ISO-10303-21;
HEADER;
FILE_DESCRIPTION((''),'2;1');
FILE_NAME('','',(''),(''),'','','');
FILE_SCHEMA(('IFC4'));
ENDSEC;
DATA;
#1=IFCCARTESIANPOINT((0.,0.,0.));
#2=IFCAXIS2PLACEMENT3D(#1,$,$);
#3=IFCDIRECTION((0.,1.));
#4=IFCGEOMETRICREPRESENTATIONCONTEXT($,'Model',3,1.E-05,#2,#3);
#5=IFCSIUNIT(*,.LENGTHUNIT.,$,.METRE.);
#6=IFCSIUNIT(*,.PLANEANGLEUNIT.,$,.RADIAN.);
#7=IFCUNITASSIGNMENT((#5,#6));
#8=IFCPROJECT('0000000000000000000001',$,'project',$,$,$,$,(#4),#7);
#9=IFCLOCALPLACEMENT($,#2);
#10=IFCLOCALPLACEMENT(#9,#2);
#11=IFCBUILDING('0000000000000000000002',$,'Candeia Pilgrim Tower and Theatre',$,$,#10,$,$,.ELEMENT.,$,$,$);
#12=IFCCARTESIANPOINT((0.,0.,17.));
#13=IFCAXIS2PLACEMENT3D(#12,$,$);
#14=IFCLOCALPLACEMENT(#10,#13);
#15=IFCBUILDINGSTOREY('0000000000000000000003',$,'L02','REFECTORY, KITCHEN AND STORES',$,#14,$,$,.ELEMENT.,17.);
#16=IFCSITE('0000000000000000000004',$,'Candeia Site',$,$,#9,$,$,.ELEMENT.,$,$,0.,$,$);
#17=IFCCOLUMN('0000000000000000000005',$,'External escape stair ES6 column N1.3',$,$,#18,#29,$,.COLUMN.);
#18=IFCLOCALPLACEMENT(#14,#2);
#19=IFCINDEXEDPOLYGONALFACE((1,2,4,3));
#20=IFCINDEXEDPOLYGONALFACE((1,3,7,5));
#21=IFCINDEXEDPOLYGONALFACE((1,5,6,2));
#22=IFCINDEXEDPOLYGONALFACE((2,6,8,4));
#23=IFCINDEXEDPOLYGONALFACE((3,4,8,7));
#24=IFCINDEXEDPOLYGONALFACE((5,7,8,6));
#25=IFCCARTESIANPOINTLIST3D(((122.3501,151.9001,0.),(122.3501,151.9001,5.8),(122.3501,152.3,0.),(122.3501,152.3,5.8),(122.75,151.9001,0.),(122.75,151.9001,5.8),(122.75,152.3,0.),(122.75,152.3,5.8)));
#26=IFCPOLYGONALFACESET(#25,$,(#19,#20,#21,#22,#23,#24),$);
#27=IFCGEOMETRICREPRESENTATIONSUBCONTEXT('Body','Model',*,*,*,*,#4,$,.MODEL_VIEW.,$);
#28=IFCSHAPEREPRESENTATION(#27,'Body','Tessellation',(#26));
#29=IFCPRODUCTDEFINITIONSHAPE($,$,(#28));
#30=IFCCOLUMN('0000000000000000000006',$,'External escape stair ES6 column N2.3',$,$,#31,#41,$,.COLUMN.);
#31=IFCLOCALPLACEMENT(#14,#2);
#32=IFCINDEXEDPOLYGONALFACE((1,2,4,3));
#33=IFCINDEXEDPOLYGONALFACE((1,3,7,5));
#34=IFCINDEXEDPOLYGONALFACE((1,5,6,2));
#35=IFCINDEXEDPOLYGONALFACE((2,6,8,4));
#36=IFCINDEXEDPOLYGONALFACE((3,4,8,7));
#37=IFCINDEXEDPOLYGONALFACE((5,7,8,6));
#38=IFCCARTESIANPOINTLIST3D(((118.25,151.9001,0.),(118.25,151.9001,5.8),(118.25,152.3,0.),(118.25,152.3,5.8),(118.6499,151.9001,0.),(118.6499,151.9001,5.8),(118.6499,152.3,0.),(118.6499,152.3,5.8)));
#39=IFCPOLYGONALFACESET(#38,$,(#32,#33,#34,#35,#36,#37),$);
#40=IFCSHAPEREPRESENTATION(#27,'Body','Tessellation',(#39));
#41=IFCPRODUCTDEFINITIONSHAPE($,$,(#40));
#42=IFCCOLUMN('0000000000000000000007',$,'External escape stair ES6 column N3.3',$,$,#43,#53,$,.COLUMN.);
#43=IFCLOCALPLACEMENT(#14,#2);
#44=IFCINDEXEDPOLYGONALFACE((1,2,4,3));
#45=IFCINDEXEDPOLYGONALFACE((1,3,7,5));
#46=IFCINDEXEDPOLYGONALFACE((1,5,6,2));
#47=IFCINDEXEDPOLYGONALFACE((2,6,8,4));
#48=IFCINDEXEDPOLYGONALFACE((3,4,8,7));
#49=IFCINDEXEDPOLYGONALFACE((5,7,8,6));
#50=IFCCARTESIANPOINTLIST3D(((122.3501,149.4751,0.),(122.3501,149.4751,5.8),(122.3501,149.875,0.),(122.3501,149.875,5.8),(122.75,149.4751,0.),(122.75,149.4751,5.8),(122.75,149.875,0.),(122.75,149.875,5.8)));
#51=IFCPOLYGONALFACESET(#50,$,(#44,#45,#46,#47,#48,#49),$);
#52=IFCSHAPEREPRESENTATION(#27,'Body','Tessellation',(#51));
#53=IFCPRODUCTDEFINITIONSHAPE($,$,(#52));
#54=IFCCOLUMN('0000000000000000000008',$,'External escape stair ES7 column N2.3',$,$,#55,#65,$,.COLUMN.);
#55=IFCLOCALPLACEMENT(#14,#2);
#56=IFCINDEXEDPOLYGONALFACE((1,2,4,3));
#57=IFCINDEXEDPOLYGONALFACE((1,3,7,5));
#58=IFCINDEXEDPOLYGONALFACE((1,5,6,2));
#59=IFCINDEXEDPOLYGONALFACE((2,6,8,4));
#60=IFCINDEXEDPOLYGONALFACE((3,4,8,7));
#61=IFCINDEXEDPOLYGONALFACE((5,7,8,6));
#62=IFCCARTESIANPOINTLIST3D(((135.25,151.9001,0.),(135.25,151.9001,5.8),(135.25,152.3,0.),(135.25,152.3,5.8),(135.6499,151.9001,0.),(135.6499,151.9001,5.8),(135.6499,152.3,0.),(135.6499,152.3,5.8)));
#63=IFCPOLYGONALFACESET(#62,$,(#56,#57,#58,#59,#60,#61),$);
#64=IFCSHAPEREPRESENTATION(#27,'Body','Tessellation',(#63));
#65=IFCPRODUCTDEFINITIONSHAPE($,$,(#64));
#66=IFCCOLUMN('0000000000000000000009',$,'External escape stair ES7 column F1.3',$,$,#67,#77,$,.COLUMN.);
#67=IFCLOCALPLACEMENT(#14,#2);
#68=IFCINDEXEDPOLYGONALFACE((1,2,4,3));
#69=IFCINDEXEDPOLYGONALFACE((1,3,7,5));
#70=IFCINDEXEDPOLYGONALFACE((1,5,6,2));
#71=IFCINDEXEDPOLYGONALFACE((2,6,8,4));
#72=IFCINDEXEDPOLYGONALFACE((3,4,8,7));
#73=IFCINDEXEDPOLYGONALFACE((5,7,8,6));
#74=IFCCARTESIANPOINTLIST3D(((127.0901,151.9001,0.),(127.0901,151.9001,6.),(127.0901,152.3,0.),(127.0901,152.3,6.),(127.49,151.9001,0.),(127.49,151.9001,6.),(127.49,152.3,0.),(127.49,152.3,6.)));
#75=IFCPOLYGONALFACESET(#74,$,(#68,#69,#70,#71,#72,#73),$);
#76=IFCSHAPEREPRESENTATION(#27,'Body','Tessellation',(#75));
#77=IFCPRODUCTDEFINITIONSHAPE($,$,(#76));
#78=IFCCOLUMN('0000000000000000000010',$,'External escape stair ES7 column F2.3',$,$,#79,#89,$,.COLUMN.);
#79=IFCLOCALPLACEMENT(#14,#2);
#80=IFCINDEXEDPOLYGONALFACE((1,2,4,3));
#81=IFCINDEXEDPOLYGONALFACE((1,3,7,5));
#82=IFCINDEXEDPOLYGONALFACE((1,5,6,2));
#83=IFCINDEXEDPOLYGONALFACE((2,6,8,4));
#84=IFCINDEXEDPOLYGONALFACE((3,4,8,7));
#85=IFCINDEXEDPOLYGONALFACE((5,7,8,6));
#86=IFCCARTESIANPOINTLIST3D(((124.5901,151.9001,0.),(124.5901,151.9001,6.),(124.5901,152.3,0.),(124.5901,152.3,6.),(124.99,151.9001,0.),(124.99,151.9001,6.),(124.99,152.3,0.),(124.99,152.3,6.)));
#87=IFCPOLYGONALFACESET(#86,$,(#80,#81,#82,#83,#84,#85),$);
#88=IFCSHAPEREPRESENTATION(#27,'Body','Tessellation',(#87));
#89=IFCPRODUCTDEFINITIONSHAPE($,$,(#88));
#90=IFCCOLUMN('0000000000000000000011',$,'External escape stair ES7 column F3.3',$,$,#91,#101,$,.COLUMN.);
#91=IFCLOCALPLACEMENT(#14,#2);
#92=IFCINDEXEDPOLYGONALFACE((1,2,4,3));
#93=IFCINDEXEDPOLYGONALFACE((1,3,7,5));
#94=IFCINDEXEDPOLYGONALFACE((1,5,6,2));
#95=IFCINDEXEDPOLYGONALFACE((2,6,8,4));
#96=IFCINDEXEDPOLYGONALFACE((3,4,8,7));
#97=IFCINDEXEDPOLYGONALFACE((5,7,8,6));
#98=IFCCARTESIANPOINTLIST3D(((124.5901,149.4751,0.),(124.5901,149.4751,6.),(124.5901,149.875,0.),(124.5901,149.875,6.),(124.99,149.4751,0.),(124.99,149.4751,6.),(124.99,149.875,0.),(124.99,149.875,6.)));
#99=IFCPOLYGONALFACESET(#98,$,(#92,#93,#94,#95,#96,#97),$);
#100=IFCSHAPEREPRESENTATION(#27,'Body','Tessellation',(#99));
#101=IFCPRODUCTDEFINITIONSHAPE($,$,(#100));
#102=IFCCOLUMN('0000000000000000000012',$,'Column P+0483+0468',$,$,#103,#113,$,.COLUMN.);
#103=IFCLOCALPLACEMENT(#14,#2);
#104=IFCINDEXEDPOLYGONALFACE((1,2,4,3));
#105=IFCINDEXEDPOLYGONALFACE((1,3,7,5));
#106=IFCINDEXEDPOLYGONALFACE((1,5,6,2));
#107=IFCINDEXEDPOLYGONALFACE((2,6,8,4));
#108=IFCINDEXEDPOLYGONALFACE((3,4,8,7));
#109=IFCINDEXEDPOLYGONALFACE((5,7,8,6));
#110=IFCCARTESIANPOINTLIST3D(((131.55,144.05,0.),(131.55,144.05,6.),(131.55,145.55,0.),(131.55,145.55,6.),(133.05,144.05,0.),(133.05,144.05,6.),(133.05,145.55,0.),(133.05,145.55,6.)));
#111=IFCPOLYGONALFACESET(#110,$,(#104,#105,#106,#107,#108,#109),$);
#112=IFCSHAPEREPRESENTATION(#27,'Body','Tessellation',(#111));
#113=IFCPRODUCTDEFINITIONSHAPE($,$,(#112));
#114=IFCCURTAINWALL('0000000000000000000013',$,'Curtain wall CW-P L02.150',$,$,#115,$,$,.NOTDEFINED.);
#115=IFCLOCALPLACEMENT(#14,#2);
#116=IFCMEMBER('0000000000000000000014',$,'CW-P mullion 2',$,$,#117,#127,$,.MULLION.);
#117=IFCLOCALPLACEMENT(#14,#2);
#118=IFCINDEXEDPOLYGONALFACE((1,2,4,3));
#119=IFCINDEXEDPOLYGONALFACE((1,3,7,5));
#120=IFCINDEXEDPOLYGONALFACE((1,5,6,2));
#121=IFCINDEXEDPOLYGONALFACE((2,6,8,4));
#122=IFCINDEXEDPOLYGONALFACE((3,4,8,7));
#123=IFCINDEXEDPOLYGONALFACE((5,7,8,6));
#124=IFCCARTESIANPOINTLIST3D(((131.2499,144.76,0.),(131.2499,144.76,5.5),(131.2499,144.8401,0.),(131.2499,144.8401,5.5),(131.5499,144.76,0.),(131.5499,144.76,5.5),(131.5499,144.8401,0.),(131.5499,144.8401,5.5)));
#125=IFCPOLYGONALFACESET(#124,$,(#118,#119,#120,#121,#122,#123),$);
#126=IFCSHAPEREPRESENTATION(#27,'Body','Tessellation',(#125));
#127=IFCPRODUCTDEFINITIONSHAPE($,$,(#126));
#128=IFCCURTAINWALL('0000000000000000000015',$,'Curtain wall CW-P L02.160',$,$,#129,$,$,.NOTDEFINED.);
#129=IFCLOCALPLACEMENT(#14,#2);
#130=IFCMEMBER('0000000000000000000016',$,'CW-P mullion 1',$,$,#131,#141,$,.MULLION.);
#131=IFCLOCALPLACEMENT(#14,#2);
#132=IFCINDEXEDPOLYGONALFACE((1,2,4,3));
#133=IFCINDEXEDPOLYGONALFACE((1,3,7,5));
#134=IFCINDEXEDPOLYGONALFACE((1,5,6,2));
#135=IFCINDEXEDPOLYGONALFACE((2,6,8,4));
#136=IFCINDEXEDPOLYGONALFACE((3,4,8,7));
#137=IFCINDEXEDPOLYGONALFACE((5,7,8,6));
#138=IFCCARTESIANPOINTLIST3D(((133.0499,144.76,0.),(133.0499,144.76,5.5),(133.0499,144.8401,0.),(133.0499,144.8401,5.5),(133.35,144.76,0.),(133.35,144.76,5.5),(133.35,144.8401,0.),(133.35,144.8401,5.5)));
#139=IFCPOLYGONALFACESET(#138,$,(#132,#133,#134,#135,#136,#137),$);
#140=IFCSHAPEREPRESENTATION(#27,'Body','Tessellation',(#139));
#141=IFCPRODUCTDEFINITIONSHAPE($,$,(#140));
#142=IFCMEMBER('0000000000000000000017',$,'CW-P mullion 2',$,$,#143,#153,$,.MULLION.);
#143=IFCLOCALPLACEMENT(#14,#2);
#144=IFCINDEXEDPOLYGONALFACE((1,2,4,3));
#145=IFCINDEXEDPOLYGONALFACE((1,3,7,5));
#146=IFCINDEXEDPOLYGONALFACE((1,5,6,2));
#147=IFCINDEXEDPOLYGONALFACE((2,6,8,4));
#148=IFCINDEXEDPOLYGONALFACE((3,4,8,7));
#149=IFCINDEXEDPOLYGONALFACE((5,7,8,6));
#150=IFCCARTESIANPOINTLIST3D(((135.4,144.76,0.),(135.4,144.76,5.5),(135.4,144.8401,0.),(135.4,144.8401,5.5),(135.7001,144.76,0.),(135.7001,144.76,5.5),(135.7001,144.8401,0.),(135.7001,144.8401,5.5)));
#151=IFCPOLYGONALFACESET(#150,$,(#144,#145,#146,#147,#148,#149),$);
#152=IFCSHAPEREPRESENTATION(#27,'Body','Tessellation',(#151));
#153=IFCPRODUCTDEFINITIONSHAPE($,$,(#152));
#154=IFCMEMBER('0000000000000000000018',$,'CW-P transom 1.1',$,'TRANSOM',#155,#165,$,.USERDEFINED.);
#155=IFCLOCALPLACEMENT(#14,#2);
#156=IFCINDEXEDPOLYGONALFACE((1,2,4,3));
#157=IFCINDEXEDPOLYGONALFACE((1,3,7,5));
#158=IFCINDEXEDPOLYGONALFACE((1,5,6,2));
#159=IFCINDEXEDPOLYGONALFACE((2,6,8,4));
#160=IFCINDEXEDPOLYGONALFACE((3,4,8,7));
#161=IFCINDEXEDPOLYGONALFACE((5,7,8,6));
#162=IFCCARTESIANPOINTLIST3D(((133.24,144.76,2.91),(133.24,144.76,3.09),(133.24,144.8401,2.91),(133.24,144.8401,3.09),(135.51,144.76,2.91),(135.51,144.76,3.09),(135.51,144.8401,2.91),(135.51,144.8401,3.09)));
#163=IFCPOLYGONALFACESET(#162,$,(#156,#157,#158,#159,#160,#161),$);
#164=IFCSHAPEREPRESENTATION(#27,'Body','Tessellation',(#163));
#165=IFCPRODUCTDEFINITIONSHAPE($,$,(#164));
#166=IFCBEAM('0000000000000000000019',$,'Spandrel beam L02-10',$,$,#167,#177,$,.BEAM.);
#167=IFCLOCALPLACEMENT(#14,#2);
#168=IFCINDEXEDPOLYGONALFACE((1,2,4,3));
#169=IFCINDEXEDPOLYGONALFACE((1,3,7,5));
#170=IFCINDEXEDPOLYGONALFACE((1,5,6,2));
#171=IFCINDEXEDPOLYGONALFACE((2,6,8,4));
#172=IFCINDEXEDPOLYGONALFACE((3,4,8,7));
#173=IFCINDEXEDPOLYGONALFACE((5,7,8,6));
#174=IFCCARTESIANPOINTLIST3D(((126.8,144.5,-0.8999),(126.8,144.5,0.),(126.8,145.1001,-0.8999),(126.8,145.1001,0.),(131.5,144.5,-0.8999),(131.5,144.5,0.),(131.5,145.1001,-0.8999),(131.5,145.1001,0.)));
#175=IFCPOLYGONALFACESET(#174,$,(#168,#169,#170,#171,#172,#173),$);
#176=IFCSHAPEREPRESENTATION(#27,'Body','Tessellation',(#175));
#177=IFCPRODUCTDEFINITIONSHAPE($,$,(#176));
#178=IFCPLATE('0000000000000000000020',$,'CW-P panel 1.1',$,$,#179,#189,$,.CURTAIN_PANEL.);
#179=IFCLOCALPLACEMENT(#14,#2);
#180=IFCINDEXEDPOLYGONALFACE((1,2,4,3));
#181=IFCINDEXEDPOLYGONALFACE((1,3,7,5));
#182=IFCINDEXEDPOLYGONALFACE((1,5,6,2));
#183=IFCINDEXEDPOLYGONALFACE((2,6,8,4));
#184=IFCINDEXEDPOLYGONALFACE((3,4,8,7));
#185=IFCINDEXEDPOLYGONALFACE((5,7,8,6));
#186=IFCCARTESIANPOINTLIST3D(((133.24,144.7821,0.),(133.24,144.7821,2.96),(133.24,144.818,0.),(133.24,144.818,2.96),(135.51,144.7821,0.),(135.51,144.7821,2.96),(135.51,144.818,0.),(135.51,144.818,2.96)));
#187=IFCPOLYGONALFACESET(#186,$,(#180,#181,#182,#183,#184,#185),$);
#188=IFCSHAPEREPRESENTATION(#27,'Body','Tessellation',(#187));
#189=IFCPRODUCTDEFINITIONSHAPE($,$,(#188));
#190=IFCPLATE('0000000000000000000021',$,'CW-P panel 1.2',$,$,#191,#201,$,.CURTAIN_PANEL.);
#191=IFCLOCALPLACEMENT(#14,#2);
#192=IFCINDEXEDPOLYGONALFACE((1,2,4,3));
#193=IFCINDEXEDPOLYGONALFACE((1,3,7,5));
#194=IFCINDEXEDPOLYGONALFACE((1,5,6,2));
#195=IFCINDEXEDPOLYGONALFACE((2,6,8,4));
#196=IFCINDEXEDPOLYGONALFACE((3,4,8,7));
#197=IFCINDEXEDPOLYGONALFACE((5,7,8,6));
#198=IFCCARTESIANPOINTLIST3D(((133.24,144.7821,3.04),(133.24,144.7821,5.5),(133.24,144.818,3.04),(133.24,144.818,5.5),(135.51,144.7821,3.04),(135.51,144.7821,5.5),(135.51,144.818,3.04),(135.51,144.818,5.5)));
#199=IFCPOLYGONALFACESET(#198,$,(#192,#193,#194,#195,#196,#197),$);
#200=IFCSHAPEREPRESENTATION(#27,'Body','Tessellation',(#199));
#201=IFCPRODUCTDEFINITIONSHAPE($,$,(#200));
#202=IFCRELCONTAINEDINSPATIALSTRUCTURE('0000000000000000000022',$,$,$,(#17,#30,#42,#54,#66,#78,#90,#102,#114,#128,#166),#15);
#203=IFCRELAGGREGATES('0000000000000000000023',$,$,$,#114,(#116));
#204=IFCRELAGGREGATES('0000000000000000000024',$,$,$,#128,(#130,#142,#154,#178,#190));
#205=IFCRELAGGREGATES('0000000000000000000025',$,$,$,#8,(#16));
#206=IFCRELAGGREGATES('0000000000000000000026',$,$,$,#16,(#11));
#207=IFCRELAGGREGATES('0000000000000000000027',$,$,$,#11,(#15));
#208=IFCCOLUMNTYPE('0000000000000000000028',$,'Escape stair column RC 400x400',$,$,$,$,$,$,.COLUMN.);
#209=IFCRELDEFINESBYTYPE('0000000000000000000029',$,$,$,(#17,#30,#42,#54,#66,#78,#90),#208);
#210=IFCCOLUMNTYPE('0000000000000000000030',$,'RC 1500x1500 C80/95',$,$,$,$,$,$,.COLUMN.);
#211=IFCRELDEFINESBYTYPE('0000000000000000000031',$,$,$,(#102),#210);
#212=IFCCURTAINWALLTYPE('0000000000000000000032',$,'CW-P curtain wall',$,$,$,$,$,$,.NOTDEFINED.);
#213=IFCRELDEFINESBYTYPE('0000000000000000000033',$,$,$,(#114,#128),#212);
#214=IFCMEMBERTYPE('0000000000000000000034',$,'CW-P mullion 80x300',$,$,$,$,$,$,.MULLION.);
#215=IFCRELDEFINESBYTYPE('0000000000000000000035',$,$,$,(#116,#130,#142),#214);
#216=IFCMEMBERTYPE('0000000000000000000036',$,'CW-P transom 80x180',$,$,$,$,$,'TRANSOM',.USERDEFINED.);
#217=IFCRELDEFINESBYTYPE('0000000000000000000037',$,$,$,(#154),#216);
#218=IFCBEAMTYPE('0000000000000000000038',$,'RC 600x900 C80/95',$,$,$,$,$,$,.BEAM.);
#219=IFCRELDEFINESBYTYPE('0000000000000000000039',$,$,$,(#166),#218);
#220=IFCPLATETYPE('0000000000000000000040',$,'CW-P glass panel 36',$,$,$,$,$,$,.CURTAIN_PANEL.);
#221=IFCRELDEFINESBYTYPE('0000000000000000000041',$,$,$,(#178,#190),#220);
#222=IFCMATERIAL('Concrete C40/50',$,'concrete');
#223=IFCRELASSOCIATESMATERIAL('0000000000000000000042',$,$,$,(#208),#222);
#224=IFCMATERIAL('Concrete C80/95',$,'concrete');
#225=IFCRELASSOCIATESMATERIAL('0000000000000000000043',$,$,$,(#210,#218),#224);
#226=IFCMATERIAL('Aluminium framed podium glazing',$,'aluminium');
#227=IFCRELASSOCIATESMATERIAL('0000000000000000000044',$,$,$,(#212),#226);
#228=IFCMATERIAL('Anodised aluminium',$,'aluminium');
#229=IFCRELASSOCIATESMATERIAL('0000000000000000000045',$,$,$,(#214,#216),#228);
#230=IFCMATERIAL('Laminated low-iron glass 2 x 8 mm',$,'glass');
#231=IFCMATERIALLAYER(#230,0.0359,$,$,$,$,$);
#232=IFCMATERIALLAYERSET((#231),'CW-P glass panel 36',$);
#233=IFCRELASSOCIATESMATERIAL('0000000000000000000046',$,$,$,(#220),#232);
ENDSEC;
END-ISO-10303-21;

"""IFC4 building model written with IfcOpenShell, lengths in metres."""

from ifc_helpers import new_model, si_unit, direction, frame, origin, origin_2d, place, context, subcontext, project, spatial, rectangle, extrude, material, layer, layer_set, material_profile, profile_set, type_object, element, aggregate, save


model = new_model("IFC4")

# Units and contexts
model_context = context("Model", 3, precision=1e-05, world=origin(), true_north=direction((0.0, 1.0)))
body_context = subcontext(model_context, "Body", "Model", "MODEL_VIEW")
ifc_project = project(units=[si_unit("LENGTHUNIT", "METRE"), si_unit("PLANEANGLEUNIT", "RADIAN")], contexts=[model_context])

# Site, building, storey
site_placement = place(None, origin())
site = spatial("IfcSite", under=ifc_project, at=site_placement, Name="Candeia Site", CompositionType="ELEMENT", RefElevation=0.0)
building_placement = place(site_placement, origin())
building = spatial("IfcBuilding", under=site, at=building_placement, Name="Candeia Pilgrim Tower and Theatre", CompositionType="ELEMENT")
storey_placement = place(building_placement, frame((0.0, 0.0, 17.0)))
storey = spatial("IfcBuildingStorey", under=building, at=storey_placement, Name="L02", Description="REFECTORY, KITCHEN AND STORES", CompositionType="ELEMENT", Elevation=17.0)

# Columns
ifc_material_1 = material(Name="Concrete C40/50", Category="concrete")
ifc_material_profile_1 = material_profile(ifc_material_1, rectangle(XDim=0.3999, YDim=0.3999, at=origin_2d()))
ifc_profile_set_1 = profile_set([ifc_material_profile_1], Name="Concrete C40/50")
column_type_1 = type_object("IfcColumnType", Name="Escape stair column RC 400x400", PredefinedType="COLUMN", material=ifc_profile_set_1)
for number, where, z_axis, x_axis, name in (
    (1, (122.55, 152.1001, 0.0), (0.0, 0.0, 1.0), (1.0, 0.0, 0.0), "External escape stair ES6 column N1.3"),
    (2, (118.45, 152.1001, 0.0), (0.0, 0.0, 1.0), (1.0, 0.0, 0.0), "External escape stair ES6 column N2.3"),
    (3, (122.55, 149.675, 0.0), (0.0, 0.0, 1.0), (1.0, 0.0, 0.0), "External escape stair ES6 column N3.3"),
    (4, (135.45, 152.1001, 0.0), (0.0, 0.0, 1.0), (1.0, 0.0, 0.0), "External escape stair ES7 column N2.3"),
):
    element("IfcColumn", number, at=place(storey_placement, frame(where, z_axis=z_axis, x_axis=x_axis)), inside=storey, type_object=column_type_1, Name=name, PredefinedType="COLUMN", context=body_context, shape_type="SweptSolid", body=[
        extrude(rectangle(XDim=0.3999, YDim=0.3999, at=origin_2d()), origin(), (0.0, 0.0, 1.0), 5.8),
    ])
for number, where, z_axis, x_axis, name in (
    (5, (127.29, 152.1001, 0.0), (0.0, 0.0, 1.0), (1.0, 0.0, 0.0), "External escape stair ES7 column F1.3"),
    (6, (124.79, 152.1001, 0.0), (0.0, 0.0, 1.0), (1.0, 0.0, 0.0), "External escape stair ES7 column F2.3"),
    (7, (124.79, 149.675, 0.0), (0.0, 0.0, 1.0), (1.0, 0.0, 0.0), "External escape stair ES7 column F3.3"),
):
    element("IfcColumn", number, at=place(storey_placement, frame(where, z_axis=z_axis, x_axis=x_axis)), inside=storey, type_object=column_type_1, Name=name, PredefinedType="COLUMN", context=body_context, shape_type="SweptSolid", body=[
        extrude(rectangle(XDim=0.3999, YDim=0.3999, at=origin_2d()), origin(), (0.0, 0.0, 1.0), 6.0),
    ])
ifc_material_2 = material(Name="Concrete C80/95", Category="concrete")
ifc_material_profile_2 = material_profile(ifc_material_2, rectangle(XDim=1.5, YDim=1.5, at=origin_2d()))
ifc_profile_set_2 = profile_set([ifc_material_profile_2], Name="Concrete C80/95")
column_type_2 = type_object("IfcColumnType", Name="RC 1500x1500 C80/95", PredefinedType="COLUMN", material=ifc_profile_set_2)
column_placement = place(storey_placement, frame((132.3, 144.8, 0.0), z_axis=(0.0, 0.0, 1.0), x_axis=(1.0, 0.0, 0.0)))
element("IfcColumn", 8, at=column_placement, inside=storey, type_object=column_type_2, Name="Column P+0483+0468", PredefinedType="COLUMN", context=body_context, shape_type="SweptSolid", body=[
    extrude(rectangle(XDim=1.5, YDim=1.5, at=origin_2d()), origin(), (0.0, 0.0, 1.0), 6.0),
])

# Curtain wall, member
ifc_material_3 = material(Name="Aluminium framed podium glazing", Category="aluminium")
curtain_wall_type = type_object("IfcCurtainWallType", Name="CW-P curtain wall", PredefinedType="NOTDEFINED", material=ifc_material_3)
curtain_wall_1_placement = place(storey_placement, origin())
curtain_wall_1 = element("IfcCurtainWall", 9, at=curtain_wall_1_placement, inside=storey, type_object=curtain_wall_type, Name="Curtain wall CW-P L02.150", PredefinedType="NOTDEFINED")
ifc_material_4 = material(Name="Anodised aluminium", Category="aluminium")
ifc_material_profile_3 = material_profile(ifc_material_4, rectangle(XDim=0.0801, YDim=0.3, at=origin_2d()))
ifc_profile_set_3 = profile_set([ifc_material_profile_3], Name="Anodised aluminium")
member_type_1 = type_object("IfcMemberType", Name="CW-P mullion 80x300", PredefinedType="MULLION", material=ifc_profile_set_3)
member_1_placement = place(storey_placement, frame((131.3999, 144.8, 0.0), z_axis=(0.0, 0.0, 1.0), x_axis=(0.0, 1.0, 0.0)))
member_1 = element("IfcMember", 10, at=member_1_placement, type_object=member_type_1, Name="CW-P mullion 2", PredefinedType="MULLION", context=body_context, shape_type="SweptSolid", body=[
    extrude(rectangle(XDim=0.0801, YDim=0.3, at=origin_2d()), origin(), (0.0, 0.0, 1.0), 5.5),
])
aggregate(curtain_wall_1, [member_1])

# Curtain wall, members
curtain_wall_2_placement = place(storey_placement, origin())
curtain_wall_2 = element("IfcCurtainWall", 11, at=curtain_wall_2_placement, inside=storey, type_object=curtain_wall_type, Name="Curtain wall CW-P L02.160", PredefinedType="NOTDEFINED")
member_2_placement = place(storey_placement, frame((133.2, 144.8, 0.0), z_axis=(0.0, 0.0, 1.0), x_axis=(0.0, 1.0, 0.0)))
member_2 = element("IfcMember", 12, at=member_2_placement, type_object=member_type_1, Name="CW-P mullion 1", PredefinedType="MULLION", context=body_context, shape_type="SweptSolid", body=[
    extrude(rectangle(XDim=0.0801, YDim=0.3, at=origin_2d()), origin(), (0.0, 0.0, 1.0), 5.5),
])
member_3_placement = place(storey_placement, frame((135.55, 144.8, 0.0), z_axis=(0.0, 0.0, 1.0), x_axis=(0.0, 1.0, 0.0)))
member_3 = element("IfcMember", 13, at=member_3_placement, type_object=member_type_1, Name="CW-P mullion 2", PredefinedType="MULLION", context=body_context, shape_type="SweptSolid", body=[
    extrude(rectangle(XDim=0.0801, YDim=0.3, at=origin_2d()), origin(), (0.0, 0.0, 1.0), 5.5),
])
ifc_material_profile_4 = material_profile(ifc_material_4, rectangle(XDim=0.0801, YDim=0.1799, at=origin_2d()))
ifc_profile_set_4 = profile_set([ifc_material_profile_4], Name="Anodised aluminium")
member_type_2 = type_object("IfcMemberType", Name="CW-P transom 80x180", ElementType="TRANSOM", PredefinedType="USERDEFINED", material=ifc_profile_set_4)
member_4_placement = place(storey_placement, frame((133.24, 144.8, 3.0), z_axis=(1.0, 0.0, 0.0), x_axis=(0.0, 1.0, 0.0)))
member_4 = element("IfcMember", 14, at=member_4_placement, type_object=member_type_2, Name="CW-P transom 1.1", ObjectType="TRANSOM", PredefinedType="USERDEFINED", context=body_context, shape_type="SweptSolid", body=[
    extrude(rectangle(XDim=0.0801, YDim=0.1799, at=origin_2d()), origin(), (0.0, 0.0, 1.0), 2.27),
])

# Beam
ifc_material_profile_5 = material_profile(ifc_material_2, rectangle(XDim=0.6001, YDim=0.8999, at=origin_2d()))
ifc_profile_set_5 = profile_set([ifc_material_profile_5], Name="Concrete C80/95")
beam_type = type_object("IfcBeamType", Name="RC 600x900 C80/95", PredefinedType="BEAM", material=ifc_profile_set_5)
beam_placement = place(storey_placement, frame((131.5, 144.8, -0.45), z_axis=(-1.0, 0.0, 0.0), x_axis=(0.0, -1.0, 0.0)))
element("IfcBeam", 15, at=beam_placement, inside=storey, type_object=beam_type, Name="Spandrel beam L02-10", PredefinedType="BEAM", context=body_context, shape_type="SweptSolid", body=[
    extrude(rectangle(XDim=0.6001, YDim=0.8999, at=origin_2d()), origin(), (0.0, 0.0, 1.0), 4.7),
])

# Plates
ifc_material_5 = material(Name="Laminated low-iron glass 2 x 8 mm", Category="glass")
ifc_layer_1 = layer(ifc_material_5, 0.0359)
ifc_layer_set_1 = layer_set([ifc_layer_1], Name="CW-P glass panel 36")
plate_type = type_object("IfcPlateType", Name="CW-P glass panel 36", PredefinedType="CURTAIN_PANEL", material=ifc_layer_set_1)
plate_1_placement = place(storey_placement, frame((134.375, 144.8, 0.0), z_axis=(0.0, 0.0, 1.0), x_axis=(1.0, 0.0, 0.0)))
plate_1 = element("IfcPlate", 16, at=plate_1_placement, type_object=plate_type, Name="CW-P panel 1.1", PredefinedType="CURTAIN_PANEL", context=body_context, shape_type="SweptSolid", body=[
    extrude(rectangle(XDim=2.27, YDim=0.0359, at=origin_2d()), origin(), (0.0, 0.0, 1.0), 2.96),
])
plate_2_placement = place(storey_placement, frame((134.375, 144.8, 3.04), z_axis=(0.0, 0.0, 1.0), x_axis=(1.0, 0.0, 0.0)))
plate_2 = element("IfcPlate", 17, at=plate_2_placement, type_object=plate_type, Name="CW-P panel 1.2", PredefinedType="CURTAIN_PANEL", context=body_context, shape_type="SweptSolid", body=[
    extrude(rectangle(XDim=2.27, YDim=0.0359, at=origin_2d()), origin(), (0.0, 0.0, 1.0), 2.46),
])
aggregate(curtain_wall_2, [member_2, member_3, member_4, plate_1, plate_2])

save(model, "model.ifc")
